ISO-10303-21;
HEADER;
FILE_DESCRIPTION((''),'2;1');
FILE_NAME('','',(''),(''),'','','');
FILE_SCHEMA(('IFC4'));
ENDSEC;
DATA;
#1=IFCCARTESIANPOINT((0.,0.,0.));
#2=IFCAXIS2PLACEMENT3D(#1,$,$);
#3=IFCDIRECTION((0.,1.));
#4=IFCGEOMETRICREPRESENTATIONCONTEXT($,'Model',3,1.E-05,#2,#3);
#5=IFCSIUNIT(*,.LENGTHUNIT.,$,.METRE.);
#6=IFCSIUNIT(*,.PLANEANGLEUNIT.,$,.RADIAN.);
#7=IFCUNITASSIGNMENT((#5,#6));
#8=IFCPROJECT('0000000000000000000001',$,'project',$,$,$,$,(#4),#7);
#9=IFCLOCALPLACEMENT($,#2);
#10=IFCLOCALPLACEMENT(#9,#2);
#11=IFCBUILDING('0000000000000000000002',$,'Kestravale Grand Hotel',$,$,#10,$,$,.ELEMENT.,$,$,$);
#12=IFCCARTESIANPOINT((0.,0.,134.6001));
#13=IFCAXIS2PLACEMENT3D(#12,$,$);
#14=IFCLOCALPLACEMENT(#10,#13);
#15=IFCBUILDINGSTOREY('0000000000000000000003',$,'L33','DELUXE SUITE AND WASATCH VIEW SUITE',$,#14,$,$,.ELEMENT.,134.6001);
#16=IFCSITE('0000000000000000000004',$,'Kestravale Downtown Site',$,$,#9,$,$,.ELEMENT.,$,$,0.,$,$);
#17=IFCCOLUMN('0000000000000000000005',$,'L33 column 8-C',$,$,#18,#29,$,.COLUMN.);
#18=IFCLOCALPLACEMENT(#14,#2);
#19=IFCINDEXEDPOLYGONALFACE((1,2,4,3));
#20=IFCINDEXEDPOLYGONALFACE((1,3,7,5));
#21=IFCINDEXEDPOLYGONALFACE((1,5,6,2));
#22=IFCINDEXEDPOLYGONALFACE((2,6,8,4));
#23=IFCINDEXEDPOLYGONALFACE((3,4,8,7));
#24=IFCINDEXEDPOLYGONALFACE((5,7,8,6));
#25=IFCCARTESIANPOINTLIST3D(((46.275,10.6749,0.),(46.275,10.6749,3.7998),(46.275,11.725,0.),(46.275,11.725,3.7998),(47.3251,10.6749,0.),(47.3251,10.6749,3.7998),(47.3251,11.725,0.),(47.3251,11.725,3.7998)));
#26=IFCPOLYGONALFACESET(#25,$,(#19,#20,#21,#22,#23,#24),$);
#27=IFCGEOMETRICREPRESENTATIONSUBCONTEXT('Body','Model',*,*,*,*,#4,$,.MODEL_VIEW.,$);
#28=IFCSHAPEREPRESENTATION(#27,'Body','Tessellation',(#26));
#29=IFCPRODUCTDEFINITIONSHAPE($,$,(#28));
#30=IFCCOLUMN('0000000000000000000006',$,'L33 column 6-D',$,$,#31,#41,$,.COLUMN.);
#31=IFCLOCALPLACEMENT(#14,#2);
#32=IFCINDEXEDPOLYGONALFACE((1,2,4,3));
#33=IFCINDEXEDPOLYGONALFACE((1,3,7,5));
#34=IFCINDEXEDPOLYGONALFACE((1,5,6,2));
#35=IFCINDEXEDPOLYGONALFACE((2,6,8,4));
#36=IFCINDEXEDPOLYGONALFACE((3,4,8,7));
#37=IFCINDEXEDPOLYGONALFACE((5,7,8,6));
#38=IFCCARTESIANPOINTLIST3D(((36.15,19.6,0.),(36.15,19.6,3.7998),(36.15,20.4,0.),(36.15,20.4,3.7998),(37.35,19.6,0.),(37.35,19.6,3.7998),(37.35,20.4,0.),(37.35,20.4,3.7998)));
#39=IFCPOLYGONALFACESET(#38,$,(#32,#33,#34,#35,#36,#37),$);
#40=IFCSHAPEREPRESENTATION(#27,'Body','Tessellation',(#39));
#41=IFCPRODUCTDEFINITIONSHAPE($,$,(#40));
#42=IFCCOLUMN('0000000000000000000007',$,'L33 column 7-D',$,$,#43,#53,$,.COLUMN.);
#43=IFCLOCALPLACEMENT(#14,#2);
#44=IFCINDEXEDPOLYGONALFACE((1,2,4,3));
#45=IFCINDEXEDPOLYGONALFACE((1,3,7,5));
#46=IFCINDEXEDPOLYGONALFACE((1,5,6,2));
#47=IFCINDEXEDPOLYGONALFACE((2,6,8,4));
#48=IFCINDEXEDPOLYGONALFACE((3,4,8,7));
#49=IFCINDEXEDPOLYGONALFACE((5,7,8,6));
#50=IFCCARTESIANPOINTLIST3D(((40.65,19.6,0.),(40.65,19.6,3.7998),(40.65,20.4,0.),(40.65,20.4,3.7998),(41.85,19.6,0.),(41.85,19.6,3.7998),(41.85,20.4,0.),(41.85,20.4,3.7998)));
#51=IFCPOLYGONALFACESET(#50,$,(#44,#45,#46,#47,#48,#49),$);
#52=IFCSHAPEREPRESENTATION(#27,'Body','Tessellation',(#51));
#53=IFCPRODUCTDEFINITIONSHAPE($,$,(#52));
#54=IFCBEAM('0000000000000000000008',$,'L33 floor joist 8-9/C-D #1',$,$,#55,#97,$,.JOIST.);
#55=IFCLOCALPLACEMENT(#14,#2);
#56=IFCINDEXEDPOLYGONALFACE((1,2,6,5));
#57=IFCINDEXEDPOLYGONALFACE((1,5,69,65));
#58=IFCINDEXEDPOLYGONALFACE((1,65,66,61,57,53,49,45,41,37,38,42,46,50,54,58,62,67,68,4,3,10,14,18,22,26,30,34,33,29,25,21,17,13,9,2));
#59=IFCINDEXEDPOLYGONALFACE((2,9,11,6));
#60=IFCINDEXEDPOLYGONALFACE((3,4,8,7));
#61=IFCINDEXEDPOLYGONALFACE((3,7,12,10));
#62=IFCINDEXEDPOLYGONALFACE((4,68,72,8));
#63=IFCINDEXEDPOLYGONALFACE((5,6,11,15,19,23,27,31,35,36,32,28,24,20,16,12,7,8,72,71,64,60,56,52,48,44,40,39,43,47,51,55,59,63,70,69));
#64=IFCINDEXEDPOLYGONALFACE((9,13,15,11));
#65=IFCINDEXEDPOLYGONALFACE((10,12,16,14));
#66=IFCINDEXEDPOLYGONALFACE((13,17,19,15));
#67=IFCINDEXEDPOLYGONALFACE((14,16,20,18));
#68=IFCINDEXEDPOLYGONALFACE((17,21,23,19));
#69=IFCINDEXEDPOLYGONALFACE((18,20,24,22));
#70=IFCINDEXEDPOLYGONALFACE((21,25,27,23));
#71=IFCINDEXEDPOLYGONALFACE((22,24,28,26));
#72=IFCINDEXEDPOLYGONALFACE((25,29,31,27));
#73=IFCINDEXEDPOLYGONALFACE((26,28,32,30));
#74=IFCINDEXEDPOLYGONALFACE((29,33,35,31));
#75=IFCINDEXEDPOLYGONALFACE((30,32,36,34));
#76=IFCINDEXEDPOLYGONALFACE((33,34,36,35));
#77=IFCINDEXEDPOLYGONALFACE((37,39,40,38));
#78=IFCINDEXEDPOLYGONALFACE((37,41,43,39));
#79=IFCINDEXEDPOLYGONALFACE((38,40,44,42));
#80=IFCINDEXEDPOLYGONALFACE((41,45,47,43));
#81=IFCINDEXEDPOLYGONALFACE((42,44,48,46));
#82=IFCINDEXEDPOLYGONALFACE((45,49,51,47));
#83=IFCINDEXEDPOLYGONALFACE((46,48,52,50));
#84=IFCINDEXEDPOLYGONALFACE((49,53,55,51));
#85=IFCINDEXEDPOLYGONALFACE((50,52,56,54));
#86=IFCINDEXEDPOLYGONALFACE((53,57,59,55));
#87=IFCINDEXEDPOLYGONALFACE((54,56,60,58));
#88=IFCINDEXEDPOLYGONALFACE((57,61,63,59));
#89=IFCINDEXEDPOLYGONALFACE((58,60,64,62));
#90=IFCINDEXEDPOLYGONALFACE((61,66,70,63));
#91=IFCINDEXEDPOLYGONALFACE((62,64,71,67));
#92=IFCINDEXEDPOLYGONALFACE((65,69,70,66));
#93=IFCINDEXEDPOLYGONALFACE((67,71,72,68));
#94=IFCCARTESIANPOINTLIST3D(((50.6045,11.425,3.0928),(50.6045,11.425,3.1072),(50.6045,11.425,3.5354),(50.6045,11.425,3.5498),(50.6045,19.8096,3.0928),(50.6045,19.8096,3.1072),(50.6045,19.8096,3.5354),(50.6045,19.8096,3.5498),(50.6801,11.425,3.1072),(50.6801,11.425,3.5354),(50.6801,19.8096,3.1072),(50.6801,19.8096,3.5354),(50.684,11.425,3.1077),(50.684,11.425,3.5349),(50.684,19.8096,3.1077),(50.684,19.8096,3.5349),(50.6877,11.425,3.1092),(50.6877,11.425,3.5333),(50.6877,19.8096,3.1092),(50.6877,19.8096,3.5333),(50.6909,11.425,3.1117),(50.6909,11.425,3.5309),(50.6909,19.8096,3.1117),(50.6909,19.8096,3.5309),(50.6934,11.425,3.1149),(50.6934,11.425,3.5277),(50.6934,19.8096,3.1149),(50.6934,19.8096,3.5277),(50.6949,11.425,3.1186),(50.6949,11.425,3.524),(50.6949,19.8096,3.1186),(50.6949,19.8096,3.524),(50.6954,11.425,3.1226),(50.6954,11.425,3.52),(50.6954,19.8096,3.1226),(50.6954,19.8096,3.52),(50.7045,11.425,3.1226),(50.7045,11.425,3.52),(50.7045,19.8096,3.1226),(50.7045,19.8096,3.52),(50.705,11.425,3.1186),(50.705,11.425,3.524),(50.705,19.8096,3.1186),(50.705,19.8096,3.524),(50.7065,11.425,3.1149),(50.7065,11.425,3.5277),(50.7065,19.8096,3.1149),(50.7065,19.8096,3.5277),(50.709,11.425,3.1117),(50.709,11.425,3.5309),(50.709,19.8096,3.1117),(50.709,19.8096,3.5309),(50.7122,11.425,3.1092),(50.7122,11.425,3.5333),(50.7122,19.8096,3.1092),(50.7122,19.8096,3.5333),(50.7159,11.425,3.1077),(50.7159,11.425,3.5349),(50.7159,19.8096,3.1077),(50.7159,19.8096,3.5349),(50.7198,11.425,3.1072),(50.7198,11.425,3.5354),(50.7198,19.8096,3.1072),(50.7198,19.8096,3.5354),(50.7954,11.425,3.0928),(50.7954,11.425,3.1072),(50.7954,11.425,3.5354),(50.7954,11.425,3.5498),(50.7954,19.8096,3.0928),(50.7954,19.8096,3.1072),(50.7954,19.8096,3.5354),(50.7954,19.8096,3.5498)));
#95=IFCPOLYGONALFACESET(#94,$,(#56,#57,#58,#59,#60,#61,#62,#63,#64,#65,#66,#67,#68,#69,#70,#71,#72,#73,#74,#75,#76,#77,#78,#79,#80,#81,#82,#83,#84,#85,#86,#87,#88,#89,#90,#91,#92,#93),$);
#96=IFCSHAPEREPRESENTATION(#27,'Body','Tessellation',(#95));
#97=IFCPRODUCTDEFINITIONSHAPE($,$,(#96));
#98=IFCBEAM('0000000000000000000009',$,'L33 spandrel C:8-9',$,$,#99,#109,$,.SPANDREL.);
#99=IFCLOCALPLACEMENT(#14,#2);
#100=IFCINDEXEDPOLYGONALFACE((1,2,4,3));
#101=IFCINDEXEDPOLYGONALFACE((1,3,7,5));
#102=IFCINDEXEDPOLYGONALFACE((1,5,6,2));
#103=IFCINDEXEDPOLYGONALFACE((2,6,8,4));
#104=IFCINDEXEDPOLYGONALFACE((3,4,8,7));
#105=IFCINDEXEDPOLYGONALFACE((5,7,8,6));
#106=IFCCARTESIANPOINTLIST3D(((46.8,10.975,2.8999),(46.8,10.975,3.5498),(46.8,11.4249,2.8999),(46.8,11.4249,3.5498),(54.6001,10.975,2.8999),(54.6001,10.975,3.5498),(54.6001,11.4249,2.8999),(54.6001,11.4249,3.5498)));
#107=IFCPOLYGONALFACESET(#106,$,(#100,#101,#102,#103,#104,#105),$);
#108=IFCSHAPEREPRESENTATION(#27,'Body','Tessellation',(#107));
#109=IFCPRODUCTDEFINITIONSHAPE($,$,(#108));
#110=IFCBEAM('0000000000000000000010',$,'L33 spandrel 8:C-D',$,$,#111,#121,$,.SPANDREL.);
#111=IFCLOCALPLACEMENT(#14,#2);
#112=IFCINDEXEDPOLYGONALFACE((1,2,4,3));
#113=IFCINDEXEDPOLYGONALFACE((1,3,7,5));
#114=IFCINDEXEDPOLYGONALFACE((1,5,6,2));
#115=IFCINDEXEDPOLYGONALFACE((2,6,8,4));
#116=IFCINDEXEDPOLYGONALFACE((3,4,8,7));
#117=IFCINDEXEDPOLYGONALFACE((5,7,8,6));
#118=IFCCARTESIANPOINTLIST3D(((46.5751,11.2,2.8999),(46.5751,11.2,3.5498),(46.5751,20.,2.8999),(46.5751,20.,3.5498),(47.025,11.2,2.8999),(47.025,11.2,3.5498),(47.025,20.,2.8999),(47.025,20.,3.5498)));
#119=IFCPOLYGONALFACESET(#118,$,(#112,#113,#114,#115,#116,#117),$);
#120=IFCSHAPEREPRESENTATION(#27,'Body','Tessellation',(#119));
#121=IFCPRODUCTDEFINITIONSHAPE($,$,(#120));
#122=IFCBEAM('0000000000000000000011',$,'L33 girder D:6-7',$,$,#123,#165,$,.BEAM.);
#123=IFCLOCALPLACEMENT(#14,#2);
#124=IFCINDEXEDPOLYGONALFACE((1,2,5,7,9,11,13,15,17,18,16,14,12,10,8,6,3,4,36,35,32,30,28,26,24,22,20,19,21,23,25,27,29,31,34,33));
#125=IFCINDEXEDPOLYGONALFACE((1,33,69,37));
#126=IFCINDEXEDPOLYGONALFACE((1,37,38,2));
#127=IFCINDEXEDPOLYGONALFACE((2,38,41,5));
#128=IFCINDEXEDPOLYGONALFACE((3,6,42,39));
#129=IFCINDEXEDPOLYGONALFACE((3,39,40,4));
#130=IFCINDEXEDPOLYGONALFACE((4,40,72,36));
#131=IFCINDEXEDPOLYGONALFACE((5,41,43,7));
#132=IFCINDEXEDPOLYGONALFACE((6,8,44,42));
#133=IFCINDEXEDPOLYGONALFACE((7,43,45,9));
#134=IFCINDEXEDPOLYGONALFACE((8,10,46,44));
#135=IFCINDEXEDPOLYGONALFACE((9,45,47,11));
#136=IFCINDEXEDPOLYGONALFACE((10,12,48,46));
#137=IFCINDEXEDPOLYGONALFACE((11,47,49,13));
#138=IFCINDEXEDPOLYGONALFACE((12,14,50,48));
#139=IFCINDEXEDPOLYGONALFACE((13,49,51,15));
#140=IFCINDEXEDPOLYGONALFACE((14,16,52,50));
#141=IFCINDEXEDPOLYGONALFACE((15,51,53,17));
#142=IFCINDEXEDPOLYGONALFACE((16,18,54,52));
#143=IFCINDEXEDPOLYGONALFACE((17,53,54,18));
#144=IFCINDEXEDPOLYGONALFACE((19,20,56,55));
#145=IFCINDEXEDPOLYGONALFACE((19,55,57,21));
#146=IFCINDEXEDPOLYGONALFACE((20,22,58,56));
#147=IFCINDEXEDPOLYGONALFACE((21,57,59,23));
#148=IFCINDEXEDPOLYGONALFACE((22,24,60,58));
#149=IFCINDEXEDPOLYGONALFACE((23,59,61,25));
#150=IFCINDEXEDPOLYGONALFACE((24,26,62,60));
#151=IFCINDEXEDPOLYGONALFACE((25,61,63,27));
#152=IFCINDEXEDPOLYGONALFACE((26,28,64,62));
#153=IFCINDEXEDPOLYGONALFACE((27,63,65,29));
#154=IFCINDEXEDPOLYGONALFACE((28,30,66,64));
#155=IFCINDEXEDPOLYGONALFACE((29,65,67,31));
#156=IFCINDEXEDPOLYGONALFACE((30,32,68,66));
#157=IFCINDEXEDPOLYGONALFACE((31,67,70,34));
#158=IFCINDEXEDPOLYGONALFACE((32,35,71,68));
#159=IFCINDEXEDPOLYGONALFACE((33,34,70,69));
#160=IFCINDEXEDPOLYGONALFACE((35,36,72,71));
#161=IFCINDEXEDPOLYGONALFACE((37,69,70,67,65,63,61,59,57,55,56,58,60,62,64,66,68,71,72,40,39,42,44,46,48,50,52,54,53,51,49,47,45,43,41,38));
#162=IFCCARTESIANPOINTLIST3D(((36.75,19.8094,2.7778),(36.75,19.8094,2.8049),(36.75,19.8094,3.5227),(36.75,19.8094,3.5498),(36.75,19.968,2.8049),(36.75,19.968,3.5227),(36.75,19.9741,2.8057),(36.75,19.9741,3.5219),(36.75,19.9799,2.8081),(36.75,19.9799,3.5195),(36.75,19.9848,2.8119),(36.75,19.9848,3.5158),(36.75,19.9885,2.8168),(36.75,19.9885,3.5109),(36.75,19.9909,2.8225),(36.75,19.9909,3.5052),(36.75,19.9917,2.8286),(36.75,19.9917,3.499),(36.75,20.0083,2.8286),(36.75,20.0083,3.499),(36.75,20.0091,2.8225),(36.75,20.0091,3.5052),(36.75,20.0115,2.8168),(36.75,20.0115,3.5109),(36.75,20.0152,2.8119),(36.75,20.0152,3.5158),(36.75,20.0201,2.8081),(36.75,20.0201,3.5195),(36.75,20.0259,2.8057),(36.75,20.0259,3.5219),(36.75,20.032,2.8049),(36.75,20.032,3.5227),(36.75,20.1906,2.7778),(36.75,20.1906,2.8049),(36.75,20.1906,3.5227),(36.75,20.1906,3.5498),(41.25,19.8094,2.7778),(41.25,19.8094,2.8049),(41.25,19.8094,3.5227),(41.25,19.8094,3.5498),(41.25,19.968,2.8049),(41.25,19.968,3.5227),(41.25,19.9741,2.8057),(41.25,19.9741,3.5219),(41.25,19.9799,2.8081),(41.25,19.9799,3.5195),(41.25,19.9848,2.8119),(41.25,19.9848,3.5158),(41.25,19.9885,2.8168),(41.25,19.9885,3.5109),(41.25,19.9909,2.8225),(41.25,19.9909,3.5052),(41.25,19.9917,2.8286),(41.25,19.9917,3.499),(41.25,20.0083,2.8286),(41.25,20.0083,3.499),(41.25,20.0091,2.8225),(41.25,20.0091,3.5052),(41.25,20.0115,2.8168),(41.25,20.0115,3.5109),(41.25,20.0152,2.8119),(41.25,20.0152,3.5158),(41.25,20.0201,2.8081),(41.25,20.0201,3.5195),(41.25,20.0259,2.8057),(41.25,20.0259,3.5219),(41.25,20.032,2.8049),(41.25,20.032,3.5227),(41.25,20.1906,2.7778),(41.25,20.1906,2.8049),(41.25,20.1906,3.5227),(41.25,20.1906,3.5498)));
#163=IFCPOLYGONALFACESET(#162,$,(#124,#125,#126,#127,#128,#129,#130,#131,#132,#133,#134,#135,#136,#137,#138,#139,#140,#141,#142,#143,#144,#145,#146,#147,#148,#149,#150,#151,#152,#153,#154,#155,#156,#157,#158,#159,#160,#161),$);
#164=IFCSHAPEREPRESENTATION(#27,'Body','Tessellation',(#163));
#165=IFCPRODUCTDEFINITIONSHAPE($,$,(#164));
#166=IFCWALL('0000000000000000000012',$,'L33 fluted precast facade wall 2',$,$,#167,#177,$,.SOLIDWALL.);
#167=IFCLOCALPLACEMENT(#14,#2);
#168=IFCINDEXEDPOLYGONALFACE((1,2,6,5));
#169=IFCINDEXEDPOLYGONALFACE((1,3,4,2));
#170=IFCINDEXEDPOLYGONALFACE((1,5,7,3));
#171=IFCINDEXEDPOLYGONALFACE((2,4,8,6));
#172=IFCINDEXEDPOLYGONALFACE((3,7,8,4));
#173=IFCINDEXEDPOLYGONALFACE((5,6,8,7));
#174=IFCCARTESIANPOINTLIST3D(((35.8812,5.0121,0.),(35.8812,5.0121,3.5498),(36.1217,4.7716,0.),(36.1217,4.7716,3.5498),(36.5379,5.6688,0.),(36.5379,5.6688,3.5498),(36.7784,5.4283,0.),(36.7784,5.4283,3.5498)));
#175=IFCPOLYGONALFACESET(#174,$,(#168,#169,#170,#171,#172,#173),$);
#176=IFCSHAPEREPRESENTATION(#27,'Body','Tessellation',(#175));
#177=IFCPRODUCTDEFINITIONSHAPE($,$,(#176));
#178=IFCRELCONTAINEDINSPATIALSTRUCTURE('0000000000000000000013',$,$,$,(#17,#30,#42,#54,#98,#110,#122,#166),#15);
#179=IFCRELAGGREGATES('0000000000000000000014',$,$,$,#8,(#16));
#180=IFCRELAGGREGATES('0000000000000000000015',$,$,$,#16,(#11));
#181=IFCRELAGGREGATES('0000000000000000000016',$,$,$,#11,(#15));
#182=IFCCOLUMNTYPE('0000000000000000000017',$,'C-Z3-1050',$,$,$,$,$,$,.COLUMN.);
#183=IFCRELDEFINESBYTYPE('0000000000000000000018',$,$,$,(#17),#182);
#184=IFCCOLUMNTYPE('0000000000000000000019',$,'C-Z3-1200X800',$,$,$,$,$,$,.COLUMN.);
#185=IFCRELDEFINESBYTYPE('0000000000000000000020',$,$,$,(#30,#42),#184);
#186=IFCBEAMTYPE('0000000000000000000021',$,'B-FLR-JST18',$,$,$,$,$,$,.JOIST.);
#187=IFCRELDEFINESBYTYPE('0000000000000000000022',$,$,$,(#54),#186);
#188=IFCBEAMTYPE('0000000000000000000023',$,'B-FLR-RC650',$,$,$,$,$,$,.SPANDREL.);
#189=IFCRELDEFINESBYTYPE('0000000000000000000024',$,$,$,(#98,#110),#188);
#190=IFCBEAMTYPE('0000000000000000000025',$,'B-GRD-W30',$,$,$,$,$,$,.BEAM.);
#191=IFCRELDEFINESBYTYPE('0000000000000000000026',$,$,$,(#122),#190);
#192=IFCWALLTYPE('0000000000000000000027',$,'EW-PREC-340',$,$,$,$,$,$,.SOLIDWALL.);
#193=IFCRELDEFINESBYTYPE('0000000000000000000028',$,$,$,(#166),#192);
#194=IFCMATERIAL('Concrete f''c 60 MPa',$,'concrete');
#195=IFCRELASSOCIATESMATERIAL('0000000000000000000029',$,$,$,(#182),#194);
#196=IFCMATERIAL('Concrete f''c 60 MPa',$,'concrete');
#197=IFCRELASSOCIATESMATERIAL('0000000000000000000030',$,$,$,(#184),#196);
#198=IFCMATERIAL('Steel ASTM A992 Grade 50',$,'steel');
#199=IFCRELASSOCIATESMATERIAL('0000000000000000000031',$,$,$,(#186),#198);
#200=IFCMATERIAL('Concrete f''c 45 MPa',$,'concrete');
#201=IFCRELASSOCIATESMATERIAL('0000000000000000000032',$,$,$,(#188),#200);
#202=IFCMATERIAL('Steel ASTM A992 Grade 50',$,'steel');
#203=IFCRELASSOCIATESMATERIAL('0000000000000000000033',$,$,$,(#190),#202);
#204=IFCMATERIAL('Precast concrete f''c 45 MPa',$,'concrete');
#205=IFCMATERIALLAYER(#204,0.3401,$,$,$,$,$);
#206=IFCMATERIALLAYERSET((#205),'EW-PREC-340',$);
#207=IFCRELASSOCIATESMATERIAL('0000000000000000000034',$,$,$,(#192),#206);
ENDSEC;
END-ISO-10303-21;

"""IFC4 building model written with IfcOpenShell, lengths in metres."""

from ifc_helpers import new_model, si_unit, direction, frame, frame_2d, origin, origin_2d, place, context, subcontext, project, spatial, rectangle, i_section, extrude, material, layer, layer_set, material_profile, profile_set, type_object, element, save


model = new_model("IFC4")

# Units and contexts
model_context = context("Model", 3, precision=1e-05, world=origin(), true_north=direction((0.0, 1.0)))
body_context = subcontext(model_context, "Body", "Model", "MODEL_VIEW")
ifc_project = project(units=[si_unit("LENGTHUNIT", "METRE"), si_unit("PLANEANGLEUNIT", "RADIAN")], contexts=[model_context])

# Site, building, storey
site_placement = place(None, origin())
site = spatial("IfcSite", under=ifc_project, at=site_placement, Name="Kestravale Downtown Site", CompositionType="ELEMENT", RefElevation=0.0)
building_placement = place(site_placement, origin())
building = spatial("IfcBuilding", under=site, at=building_placement, Name="Kestravale Grand Hotel", CompositionType="ELEMENT")
storey_placement = place(building_placement, frame((0.0, 0.0, 134.6001)))
storey = spatial("IfcBuildingStorey", under=building, at=storey_placement, Name="L33", Description="DELUXE SUITE AND WASATCH VIEW SUITE", CompositionType="ELEMENT", Elevation=134.6001)

# Columns
ifc_material_1 = material(Name="Concrete f'c 60 MPa", Category="concrete")
ifc_material_profile_1 = material_profile(ifc_material_1, rectangle(XDim=1.05, YDim=1.05, at=origin_2d()))
ifc_profile_set_1 = profile_set([ifc_material_profile_1], Name="Concrete f'c 60 MPa")
column_type_1 = type_object("IfcColumnType", Name="C-Z3-1050", PredefinedType="COLUMN", material=ifc_profile_set_1)
column_placement = place(storey_placement, frame((46.8, 11.2, 0.0), z_axis=(0.0, 0.0, 1.0), x_axis=(1.0, 0.0, 0.0)))
element("IfcColumn", 1, at=column_placement, inside=storey, type_object=column_type_1, Name="L33 column 8-C", PredefinedType="COLUMN", context=body_context, shape_type="SweptSolid", body=[
    extrude(rectangle(XDim=1.05, YDim=1.05, at=origin_2d()), origin(), (0.0, 0.0, 1.0), 3.7998),
])
ifc_material_2 = material(Name="Concrete f'c 60 MPa", Category="concrete")
ifc_material_profile_2 = material_profile(ifc_material_2, rectangle(XDim=1.2, YDim=0.8, at=origin_2d()))
ifc_profile_set_2 = profile_set([ifc_material_profile_2], Name="Concrete f'c 60 MPa")
column_type_2 = type_object("IfcColumnType", Name="C-Z3-1200X800", PredefinedType="COLUMN", material=ifc_profile_set_2)
for number, where, z_axis, x_axis, name in (
    (2, (36.75, 20.0, 0.0), (0.0, 0.0, 1.0), (1.0, 0.0, 0.0), "L33 column 6-D"),
    (3, (41.25, 20.0, 0.0), (0.0, 0.0, 1.0), (1.0, 0.0, 0.0), "L33 column 7-D"),
):
    element("IfcColumn", number, at=place(storey_placement, frame(where, z_axis=z_axis, x_axis=x_axis)), inside=storey, type_object=column_type_2, Name=name, PredefinedType="COLUMN", context=body_context, shape_type="SweptSolid", body=[
        extrude(rectangle(XDim=1.2, YDim=0.8, at=origin_2d()), origin(), (0.0, 0.0, 1.0), 3.7998),
    ])

# Beams
ifc_material_3 = material(Name="Steel ASTM A992 Grade 50", Category="steel")
ifc_material_profile_3 = material_profile(ifc_material_3, i_section(OverallWidth=0.1909, OverallDepth=0.457, WebThickness=0.009, FlangeThickness=0.0144, FilletRadius=0.0154, at=origin_2d()))
ifc_profile_set_3 = profile_set([ifc_material_profile_3], Name="Steel ASTM A992 Grade 50")
beam_type_1 = type_object("IfcBeamType", Name="B-FLR-JST18", PredefinedType="JOIST", material=ifc_profile_set_3)
beam_1_placement = place(storey_placement, frame((50.7, 11.425, 3.3213), z_axis=(0.0, 1.0, 0.0), x_axis=(-1.0, 0.0, 0.0)))
element("IfcBeam", 4, at=beam_1_placement, inside=storey, type_object=beam_type_1, Name="L33 floor joist 8-9/C-D #1", PredefinedType="JOIST", context=body_context, shape_type="SweptSolid", body=[
    extrude(i_section(OverallWidth=0.1909, OverallDepth=0.457, WebThickness=0.009, FlangeThickness=0.0144, FilletRadius=0.0154, at=origin_2d()), origin(), (0.0, 0.0, 1.0), 8.3845),
])
ifc_material_4 = material(Name="Concrete f'c 45 MPa", Category="concrete")
ifc_material_profile_4 = material_profile(ifc_material_4, rectangle(XDim=0.45, YDim=0.6499, at=origin_2d()))
ifc_profile_set_4 = profile_set([ifc_material_profile_4], Name="Concrete f'c 45 MPa")
beam_type_2 = type_object("IfcBeamType", Name="B-FLR-RC650", PredefinedType="SPANDREL", material=ifc_profile_set_4)
beam_2_placement = place(storey_placement, frame((46.8, 11.2, 3.2249), z_axis=(1.0, 0.0, 0.0), x_axis=(0.0, 1.0, 0.0)))
element("IfcBeam", 5, at=beam_2_placement, inside=storey, type_object=beam_type_2, Name="L33 spandrel C:8-9", PredefinedType="SPANDREL", context=body_context, shape_type="SweptSolid", body=[
    extrude(rectangle(XDim=0.45, YDim=0.6499, at=origin_2d()), origin(), (0.0, 0.0, 1.0), 7.8),
])
beam_3_placement = place(storey_placement, frame((46.8, 11.2, 3.2249), z_axis=(0.0, 1.0, 0.0), x_axis=(-1.0, 0.0, 0.0)))
element("IfcBeam", 6, at=beam_3_placement, inside=storey, type_object=beam_type_2, Name="L33 spandrel 8:C-D", PredefinedType="SPANDREL", context=body_context, shape_type="SweptSolid", body=[
    extrude(rectangle(XDim=0.45, YDim=0.6499, at=origin_2d()), origin(), (0.0, 0.0, 1.0), 8.8),
])
ifc_material_5 = material(Name="Steel ASTM A992 Grade 50", Category="steel")
ifc_material_profile_5 = material_profile(ifc_material_5, i_section(OverallWidth=0.3811, OverallDepth=0.772, WebThickness=0.0166, FlangeThickness=0.0271, FilletRadius=0.0237, at=origin_2d()))
ifc_profile_set_5 = profile_set([ifc_material_profile_5], Name="Steel ASTM A992 Grade 50")
beam_type_3 = type_object("IfcBeamType", Name="B-GRD-W30", PredefinedType="BEAM", material=ifc_profile_set_5)
beam_4_placement = place(storey_placement, frame((36.75, 20.0, 3.1638), z_axis=(1.0, 0.0, 0.0), x_axis=(0.0, 1.0, 0.0)))
element("IfcBeam", 7, at=beam_4_placement, inside=storey, type_object=beam_type_3, Name="L33 girder D:6-7", PredefinedType="BEAM", context=body_context, shape_type="SweptSolid", body=[
    extrude(i_section(OverallWidth=0.3811, OverallDepth=0.772, WebThickness=0.0166, FlangeThickness=0.0271, FilletRadius=0.0237, at=origin_2d()), origin(), (0.0, 0.0, 1.0), 4.5),
])

# Wall
ifc_material_6 = material(Name="Precast concrete f'c 45 MPa", Category="concrete")
ifc_layer_1 = layer(ifc_material_6, 0.3401)
ifc_layer_set_1 = layer_set([ifc_layer_1], Name="EW-PREC-340")
wall_type_1 = type_object("IfcWallType", Name="EW-PREC-340", PredefinedType="SOLIDWALL", material=ifc_layer_set_1)
wall_1_placement = place(storey_placement, frame((36.0015, 4.8918, 0.0), z_axis=(0.0, 0.0, 1.0), x_axis=(0.707107, 0.707107, 0.0)))
element("IfcWall", 8, at=wall_1_placement, inside=storey, type_object=wall_type_1, Name="L33 fluted precast facade wall 2", PredefinedType="SOLIDWALL", context=body_context, shape_type="SweptSolid", body=[
    extrude(rectangle(XDim=0.9287, YDim=0.3401, at=frame_2d((0.4644, 0.0))), origin(), (0.0, 0.0, 1.0), 3.5498),
])

save(model, "model.ifc")
